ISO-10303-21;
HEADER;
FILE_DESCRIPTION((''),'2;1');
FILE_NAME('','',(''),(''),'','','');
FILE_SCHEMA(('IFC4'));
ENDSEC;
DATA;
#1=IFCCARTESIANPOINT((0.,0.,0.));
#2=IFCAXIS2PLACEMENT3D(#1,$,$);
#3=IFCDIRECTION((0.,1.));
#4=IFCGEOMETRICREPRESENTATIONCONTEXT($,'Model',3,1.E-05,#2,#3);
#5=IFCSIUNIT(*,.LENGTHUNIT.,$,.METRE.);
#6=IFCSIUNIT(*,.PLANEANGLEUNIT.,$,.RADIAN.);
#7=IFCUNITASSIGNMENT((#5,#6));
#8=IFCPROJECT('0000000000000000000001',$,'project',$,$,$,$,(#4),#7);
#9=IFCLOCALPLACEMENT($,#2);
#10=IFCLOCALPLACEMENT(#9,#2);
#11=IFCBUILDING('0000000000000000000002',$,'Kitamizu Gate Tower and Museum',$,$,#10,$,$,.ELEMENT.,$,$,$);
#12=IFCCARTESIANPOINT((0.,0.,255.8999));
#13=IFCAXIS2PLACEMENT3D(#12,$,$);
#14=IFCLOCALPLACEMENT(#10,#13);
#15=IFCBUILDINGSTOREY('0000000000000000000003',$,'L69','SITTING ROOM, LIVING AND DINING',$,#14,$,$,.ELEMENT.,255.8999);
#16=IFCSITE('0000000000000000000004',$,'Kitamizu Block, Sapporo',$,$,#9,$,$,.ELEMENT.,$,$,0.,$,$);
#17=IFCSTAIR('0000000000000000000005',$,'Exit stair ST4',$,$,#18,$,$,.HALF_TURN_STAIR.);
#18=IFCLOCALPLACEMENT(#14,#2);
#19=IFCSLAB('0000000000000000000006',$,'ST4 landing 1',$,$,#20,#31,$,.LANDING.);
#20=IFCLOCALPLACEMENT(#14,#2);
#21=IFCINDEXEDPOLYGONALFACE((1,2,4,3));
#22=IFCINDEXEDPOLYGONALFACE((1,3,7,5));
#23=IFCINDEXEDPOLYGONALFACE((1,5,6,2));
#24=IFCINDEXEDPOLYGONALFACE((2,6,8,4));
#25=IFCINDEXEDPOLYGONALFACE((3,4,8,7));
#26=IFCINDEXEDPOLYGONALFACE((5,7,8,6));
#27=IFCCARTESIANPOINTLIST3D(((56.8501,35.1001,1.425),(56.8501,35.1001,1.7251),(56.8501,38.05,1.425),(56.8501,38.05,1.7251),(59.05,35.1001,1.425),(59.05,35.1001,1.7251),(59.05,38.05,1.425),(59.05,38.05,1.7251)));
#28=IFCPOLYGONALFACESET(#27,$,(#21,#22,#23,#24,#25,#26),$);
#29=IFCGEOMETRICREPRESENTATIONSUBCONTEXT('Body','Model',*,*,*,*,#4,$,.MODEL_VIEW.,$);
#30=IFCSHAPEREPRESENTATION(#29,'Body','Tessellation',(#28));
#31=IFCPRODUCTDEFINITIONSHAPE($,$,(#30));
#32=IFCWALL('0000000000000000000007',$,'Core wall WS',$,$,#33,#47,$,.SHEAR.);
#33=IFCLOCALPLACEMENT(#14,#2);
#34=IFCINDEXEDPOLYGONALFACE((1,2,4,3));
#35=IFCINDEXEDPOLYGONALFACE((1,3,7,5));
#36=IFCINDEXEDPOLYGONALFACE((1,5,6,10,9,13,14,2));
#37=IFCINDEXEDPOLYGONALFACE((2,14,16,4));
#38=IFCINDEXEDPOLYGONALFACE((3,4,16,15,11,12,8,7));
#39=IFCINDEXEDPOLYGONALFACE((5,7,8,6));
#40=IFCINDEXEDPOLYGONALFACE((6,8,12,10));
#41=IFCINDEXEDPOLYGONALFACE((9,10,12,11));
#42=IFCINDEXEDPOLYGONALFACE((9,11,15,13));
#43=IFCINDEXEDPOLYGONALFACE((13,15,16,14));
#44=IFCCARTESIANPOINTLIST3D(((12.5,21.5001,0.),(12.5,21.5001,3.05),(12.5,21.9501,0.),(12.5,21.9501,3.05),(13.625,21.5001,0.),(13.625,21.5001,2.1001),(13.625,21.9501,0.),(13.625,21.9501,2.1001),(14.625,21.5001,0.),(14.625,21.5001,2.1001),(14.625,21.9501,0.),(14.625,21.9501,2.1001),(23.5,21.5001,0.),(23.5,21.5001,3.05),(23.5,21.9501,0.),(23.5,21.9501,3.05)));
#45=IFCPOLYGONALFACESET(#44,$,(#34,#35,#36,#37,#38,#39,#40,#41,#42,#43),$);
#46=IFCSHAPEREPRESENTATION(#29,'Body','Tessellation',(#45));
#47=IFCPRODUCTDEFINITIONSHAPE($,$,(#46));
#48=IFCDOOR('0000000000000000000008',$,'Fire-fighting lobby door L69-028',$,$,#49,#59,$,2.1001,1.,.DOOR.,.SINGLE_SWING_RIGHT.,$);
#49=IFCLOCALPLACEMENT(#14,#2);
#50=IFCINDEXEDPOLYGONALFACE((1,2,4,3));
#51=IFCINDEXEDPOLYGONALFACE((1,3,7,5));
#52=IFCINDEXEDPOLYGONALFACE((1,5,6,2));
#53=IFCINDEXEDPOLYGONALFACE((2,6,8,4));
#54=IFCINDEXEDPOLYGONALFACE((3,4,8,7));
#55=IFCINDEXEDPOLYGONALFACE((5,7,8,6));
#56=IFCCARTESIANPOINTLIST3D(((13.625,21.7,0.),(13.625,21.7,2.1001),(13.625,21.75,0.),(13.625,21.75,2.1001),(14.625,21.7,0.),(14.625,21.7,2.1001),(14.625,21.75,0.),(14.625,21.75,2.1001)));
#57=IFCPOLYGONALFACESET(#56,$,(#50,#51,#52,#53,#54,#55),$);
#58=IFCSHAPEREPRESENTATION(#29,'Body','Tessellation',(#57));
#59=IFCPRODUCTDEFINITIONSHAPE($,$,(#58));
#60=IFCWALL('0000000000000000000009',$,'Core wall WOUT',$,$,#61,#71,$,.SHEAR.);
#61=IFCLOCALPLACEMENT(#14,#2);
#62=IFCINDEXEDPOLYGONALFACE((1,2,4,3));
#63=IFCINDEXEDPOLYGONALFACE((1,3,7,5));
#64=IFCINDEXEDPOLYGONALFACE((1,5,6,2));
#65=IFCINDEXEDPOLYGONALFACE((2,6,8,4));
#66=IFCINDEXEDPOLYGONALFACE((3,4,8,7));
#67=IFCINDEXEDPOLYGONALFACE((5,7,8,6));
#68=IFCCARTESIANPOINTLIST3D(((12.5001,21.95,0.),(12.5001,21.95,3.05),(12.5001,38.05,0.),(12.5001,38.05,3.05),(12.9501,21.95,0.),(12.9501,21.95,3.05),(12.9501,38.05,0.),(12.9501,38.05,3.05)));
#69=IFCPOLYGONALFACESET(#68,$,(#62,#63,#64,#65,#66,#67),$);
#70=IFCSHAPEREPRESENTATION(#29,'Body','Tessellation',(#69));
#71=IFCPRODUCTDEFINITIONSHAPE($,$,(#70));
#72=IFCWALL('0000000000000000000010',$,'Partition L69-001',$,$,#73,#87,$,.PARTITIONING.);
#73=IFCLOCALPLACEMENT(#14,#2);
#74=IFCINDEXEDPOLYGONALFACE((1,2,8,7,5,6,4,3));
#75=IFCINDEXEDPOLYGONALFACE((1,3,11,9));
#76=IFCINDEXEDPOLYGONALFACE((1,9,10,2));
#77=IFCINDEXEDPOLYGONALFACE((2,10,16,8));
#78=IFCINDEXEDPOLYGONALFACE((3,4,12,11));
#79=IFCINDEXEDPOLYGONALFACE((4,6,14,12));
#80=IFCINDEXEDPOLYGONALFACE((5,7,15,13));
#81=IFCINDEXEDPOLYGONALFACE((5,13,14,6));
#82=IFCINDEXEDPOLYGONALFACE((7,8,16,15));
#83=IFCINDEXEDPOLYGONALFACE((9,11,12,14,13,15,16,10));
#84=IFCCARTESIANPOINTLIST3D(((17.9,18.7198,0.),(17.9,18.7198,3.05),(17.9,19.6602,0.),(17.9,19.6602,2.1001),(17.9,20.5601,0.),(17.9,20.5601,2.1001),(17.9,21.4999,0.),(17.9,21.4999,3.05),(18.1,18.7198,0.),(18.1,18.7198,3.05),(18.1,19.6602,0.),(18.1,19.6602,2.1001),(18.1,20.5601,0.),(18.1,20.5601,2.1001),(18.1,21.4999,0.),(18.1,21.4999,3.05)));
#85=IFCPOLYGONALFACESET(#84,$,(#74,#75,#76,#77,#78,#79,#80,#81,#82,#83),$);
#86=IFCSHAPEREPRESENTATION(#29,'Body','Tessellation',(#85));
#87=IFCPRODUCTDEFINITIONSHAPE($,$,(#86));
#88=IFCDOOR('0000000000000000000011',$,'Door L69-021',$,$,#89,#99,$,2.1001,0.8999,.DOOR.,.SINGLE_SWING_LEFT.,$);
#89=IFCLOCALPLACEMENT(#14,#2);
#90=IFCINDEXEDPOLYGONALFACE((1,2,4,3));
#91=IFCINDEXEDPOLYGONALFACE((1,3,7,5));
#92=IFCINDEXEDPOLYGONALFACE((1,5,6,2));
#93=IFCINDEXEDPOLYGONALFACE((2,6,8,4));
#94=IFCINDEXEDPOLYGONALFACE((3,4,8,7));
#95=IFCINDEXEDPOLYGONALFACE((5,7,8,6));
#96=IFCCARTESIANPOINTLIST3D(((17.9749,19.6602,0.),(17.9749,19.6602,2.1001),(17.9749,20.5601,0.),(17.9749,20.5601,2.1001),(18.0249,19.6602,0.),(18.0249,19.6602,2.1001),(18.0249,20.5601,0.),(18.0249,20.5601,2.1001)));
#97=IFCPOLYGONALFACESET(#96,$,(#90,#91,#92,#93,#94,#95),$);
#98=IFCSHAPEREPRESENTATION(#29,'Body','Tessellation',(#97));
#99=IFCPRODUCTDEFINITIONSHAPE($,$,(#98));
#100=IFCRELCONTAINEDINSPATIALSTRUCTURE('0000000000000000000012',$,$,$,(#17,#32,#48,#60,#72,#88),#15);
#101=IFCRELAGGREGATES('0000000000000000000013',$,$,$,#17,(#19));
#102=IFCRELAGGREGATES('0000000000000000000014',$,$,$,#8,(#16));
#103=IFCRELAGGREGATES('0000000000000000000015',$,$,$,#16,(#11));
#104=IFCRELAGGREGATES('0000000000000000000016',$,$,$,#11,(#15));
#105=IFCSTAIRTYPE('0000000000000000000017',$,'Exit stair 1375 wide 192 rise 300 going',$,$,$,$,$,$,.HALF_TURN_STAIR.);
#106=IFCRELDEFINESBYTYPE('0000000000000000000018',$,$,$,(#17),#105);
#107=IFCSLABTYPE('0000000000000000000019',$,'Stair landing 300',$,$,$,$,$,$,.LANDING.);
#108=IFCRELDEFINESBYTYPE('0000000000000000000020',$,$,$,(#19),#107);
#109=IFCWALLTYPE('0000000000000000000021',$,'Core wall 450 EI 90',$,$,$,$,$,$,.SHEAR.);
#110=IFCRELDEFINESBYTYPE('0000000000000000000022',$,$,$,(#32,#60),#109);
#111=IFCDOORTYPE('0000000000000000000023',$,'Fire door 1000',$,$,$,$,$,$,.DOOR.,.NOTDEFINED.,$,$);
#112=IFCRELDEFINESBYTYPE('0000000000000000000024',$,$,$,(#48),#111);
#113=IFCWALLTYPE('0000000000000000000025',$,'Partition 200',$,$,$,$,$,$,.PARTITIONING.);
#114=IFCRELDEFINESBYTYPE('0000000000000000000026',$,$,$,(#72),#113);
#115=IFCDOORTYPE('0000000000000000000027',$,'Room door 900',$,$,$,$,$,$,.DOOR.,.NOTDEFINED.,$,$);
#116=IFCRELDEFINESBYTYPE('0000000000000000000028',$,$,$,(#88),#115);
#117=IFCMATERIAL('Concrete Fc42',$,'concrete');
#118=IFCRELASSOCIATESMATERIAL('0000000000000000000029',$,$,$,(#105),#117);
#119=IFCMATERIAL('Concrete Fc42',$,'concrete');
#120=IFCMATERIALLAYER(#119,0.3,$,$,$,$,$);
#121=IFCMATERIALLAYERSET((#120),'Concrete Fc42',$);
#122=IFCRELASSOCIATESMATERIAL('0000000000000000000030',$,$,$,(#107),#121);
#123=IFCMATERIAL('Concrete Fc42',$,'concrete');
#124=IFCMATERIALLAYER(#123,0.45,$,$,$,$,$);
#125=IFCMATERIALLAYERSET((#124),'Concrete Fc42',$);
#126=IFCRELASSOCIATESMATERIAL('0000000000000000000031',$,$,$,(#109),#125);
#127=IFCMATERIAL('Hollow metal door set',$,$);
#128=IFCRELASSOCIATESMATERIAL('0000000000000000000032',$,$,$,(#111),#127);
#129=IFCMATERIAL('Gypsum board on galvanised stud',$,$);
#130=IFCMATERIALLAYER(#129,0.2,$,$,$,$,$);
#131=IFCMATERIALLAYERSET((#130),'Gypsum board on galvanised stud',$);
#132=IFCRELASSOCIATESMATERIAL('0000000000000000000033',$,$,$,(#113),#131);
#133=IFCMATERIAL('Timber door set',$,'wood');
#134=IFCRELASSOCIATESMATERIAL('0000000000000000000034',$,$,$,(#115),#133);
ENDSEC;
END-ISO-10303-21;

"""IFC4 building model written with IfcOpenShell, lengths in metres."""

from ifc_helpers import new_model, si_unit, direction, frame, frame_2d, origin, place, context, subcontext, project, spatial, polyline, rectangle, outline, extrude, material, layer, layer_set, type_object, element, fill, aggregate, save


model = new_model("IFC4")

# Units and contexts
model_context = context("Model", 3, precision=1e-05, world=origin(), true_north=direction((0.0, 1.0)))
body_context = subcontext(model_context, "Body", "Model", "MODEL_VIEW")
ifc_project = project(units=[si_unit("LENGTHUNIT", "METRE"), si_unit("PLANEANGLEUNIT", "RADIAN")], contexts=[model_context])

# Site, building, storey
site_placement = place(None, origin())
site = spatial("IfcSite", under=ifc_project, at=site_placement, Name="Kitamizu Block, Sapporo", CompositionType="ELEMENT", RefElevation=0.0)
building_placement = place(site_placement, origin())
building = spatial("IfcBuilding", under=site, at=building_placement, Name="Kitamizu Gate Tower and Museum", CompositionType="ELEMENT")
storey_placement = place(building_placement, frame((0.0, 0.0, 255.8999)))
storey = spatial("IfcBuildingStorey", under=building, at=storey_placement, Name="L69", Description="SITTING ROOM, LIVING AND DINING", CompositionType="ELEMENT", Elevation=255.8999)

# Stair, slab
ifc_material_1 = material(Name="Concrete Fc42", Category="concrete")
stair_type = type_object("IfcStairType", Name="Exit stair 1375 wide 192 rise 300 going", PredefinedType="HALF_TURN_STAIR", material=ifc_material_1)
ifc_material_2 = material(Name="Concrete Fc42", Category="concrete")
ifc_layer_1 = layer(ifc_material_2, 0.3)
ifc_layer_set_1 = layer_set([ifc_layer_1], Name="Concrete Fc42")
slab_type_1 = type_object("IfcSlabType", Name="Stair landing 300", PredefinedType="LANDING", material=ifc_layer_set_1)
stair_1_placement = place(storey_placement, origin())
stair_1 = element("IfcStair", 1, at=stair_1_placement, inside=storey, type_object=stair_type, Name="Exit stair ST4", PredefinedType="HALF_TURN_STAIR")
slab_1_placement = place(storey_placement, frame((0.0, 0.0, 1.425)))
slab_1 = element("IfcSlab", 2, at=slab_1_placement, type_object=slab_type_1, Name="ST4 landing 1", PredefinedType="LANDING", context=body_context, shape_type="SweptSolid", body=[
    extrude(outline(polyline([(56.8501, 35.1001), (59.05, 35.1001), (59.05, 38.05), (56.8501, 38.05), (56.8501, 35.1001)])), origin(), (0.0, 0.0, 1.0), 0.3),
])
aggregate(stair_1, [slab_1])

# Wall, opening, door
ifc_material_3 = material(Name="Concrete Fc42", Category="concrete")
ifc_layer_2 = layer(ifc_material_3, 0.45)
ifc_layer_set_2 = layer_set([ifc_layer_2], Name="Concrete Fc42")
wall_type_1 = type_object("IfcWallType", Name="Core wall 450 EI 90", PredefinedType="SHEAR", material=ifc_layer_set_2)
wall_1_placement = place(storey_placement, frame((12.5, 21.7251, 0.0), z_axis=(0.0, 0.0, 1.0), x_axis=(1.0, 0.0, 0.0)))
wall_1 = element("IfcWall", 3, at=wall_1_placement, inside=storey, type_object=wall_type_1, Name="Core wall WS", PredefinedType="SHEAR", context=body_context, shape_type="SweptSolid", body=[
    extrude(rectangle(XDim=11.0, YDim=0.45, at=frame_2d((5.5, 0.0))), origin(), (0.0, 0.0, 1.0), 3.05),
])
opening_1_placement = place(wall_1_placement, frame((1.125, 0.0, 0.0)))
opening_1 = element("IfcOpeningElement", 4, at=opening_1_placement, cuts=wall_1, PredefinedType="OPENING", context=body_context, shape_type="SweptSolid", body=[
    extrude(rectangle(XDim=1.0, YDim=2.1001, at=frame_2d((0.5, 1.05))), frame((0.0, 0.2349, 0.0), z_axis=(0.0, -1.0, 0.0), x_axis=(1.0, 0.0, 0.0)), (0.0, 0.0, 1.0), 0.47),
])
ifc_material_4 = material(Name="Hollow metal door set")
door_type_1 = type_object("IfcDoorType", Name="Fire door 1000", OperationType="NOTDEFINED", PredefinedType="DOOR", material=ifc_material_4)
door_1_placement = place(opening_1_placement, origin())
door_1 = element("IfcDoor", 5, at=door_1_placement, inside=storey, type_object=door_type_1, Name="Fire-fighting lobby door L69-028", OperationType="SINGLE_SWING_RIGHT", OverallHeight=2.1001, OverallWidth=1.0, PredefinedType="DOOR", context=body_context, shape_type="SweptSolid", body=[
    extrude(rectangle(XDim=1.0, YDim=2.1001, at=frame_2d((0.5, 1.05))), frame((0.0, 0.0249, 0.0), z_axis=(0.0, -1.0, 0.0), x_axis=(1.0, 0.0, 0.0)), (0.0, 0.0, 1.0), 0.05),
])
fill(opening_1, door_1)

# Wall
wall_2_placement = place(storey_placement, frame((12.7251, 21.95, 0.0), z_axis=(0.0, 0.0, 1.0), x_axis=(0.0, 1.0, 0.0)))
element("IfcWall", 6, at=wall_2_placement, inside=storey, type_object=wall_type_1, Name="Core wall WOUT", PredefinedType="SHEAR", context=body_context, shape_type="SweptSolid", body=[
    extrude(rectangle(XDim=16.1001, YDim=0.45, at=frame_2d((8.05, 0.0))), origin(), (0.0, 0.0, 1.0), 3.05),
])

# Wall, opening, door
ifc_material_5 = material(Name="Gypsum board on galvanised stud")
ifc_layer_3 = layer(ifc_material_5, 0.2)
ifc_layer_set_3 = layer_set([ifc_layer_3], Name="Gypsum board on galvanised stud")
wall_type_2 = type_object("IfcWallType", Name="Partition 200", PredefinedType="PARTITIONING", material=ifc_layer_set_3)
wall_3_placement = place(storey_placement, frame((18.0, 21.5, 0.0), z_axis=(0.0, 0.0, 1.0), x_axis=(0.0, -1.0, 0.0)))
wall_3 = element("IfcWall", 7, at=wall_3_placement, inside=storey, type_object=wall_type_2, Name="Partition L69-001", PredefinedType="PARTITIONING", context=body_context, shape_type="SweptSolid", body=[
    extrude(rectangle(XDim=2.78, YDim=0.2, at=frame_2d((1.3901, 0.0))), origin(), (0.0, 0.0, 1.0), 3.05),
])
opening_2_placement = place(wall_3_placement, frame((0.9399, 0.0, 0.0)))
opening_2 = element("IfcOpeningElement", 8, at=opening_2_placement, cuts=wall_3, PredefinedType="OPENING", context=body_context, shape_type="SweptSolid", body=[
    extrude(rectangle(XDim=0.8999, YDim=2.1001, at=frame_2d((0.45, 1.05))), frame((0.0, 0.1099, 0.0), z_axis=(0.0, -1.0, 0.0), x_axis=(1.0, 0.0, 0.0)), (0.0, 0.0, 1.0), 0.22),
])
ifc_material_6 = material(Name="Timber door set", Category="wood")
door_type_2 = type_object("IfcDoorType", Name="Room door 900", OperationType="NOTDEFINED", PredefinedType="DOOR", material=ifc_material_6)
door_2_placement = place(opening_2_placement, origin())
door_2 = element("IfcDoor", 9, at=door_2_placement, inside=storey, type_object=door_type_2, Name="Door L69-021", OperationType="SINGLE_SWING_LEFT", OverallHeight=2.1001, OverallWidth=0.8999, PredefinedType="DOOR", context=body_context, shape_type="SweptSolid", body=[
    extrude(rectangle(XDim=0.8999, YDim=2.1001, at=frame_2d((0.45, 1.05))), frame((0.0, 0.0249, 0.0), z_axis=(0.0, -1.0, 0.0), x_axis=(1.0, 0.0, 0.0)), (0.0, 0.0, 1.0), 0.05),
])
fill(opening_2, door_2)

save(model, "model.ifc")
